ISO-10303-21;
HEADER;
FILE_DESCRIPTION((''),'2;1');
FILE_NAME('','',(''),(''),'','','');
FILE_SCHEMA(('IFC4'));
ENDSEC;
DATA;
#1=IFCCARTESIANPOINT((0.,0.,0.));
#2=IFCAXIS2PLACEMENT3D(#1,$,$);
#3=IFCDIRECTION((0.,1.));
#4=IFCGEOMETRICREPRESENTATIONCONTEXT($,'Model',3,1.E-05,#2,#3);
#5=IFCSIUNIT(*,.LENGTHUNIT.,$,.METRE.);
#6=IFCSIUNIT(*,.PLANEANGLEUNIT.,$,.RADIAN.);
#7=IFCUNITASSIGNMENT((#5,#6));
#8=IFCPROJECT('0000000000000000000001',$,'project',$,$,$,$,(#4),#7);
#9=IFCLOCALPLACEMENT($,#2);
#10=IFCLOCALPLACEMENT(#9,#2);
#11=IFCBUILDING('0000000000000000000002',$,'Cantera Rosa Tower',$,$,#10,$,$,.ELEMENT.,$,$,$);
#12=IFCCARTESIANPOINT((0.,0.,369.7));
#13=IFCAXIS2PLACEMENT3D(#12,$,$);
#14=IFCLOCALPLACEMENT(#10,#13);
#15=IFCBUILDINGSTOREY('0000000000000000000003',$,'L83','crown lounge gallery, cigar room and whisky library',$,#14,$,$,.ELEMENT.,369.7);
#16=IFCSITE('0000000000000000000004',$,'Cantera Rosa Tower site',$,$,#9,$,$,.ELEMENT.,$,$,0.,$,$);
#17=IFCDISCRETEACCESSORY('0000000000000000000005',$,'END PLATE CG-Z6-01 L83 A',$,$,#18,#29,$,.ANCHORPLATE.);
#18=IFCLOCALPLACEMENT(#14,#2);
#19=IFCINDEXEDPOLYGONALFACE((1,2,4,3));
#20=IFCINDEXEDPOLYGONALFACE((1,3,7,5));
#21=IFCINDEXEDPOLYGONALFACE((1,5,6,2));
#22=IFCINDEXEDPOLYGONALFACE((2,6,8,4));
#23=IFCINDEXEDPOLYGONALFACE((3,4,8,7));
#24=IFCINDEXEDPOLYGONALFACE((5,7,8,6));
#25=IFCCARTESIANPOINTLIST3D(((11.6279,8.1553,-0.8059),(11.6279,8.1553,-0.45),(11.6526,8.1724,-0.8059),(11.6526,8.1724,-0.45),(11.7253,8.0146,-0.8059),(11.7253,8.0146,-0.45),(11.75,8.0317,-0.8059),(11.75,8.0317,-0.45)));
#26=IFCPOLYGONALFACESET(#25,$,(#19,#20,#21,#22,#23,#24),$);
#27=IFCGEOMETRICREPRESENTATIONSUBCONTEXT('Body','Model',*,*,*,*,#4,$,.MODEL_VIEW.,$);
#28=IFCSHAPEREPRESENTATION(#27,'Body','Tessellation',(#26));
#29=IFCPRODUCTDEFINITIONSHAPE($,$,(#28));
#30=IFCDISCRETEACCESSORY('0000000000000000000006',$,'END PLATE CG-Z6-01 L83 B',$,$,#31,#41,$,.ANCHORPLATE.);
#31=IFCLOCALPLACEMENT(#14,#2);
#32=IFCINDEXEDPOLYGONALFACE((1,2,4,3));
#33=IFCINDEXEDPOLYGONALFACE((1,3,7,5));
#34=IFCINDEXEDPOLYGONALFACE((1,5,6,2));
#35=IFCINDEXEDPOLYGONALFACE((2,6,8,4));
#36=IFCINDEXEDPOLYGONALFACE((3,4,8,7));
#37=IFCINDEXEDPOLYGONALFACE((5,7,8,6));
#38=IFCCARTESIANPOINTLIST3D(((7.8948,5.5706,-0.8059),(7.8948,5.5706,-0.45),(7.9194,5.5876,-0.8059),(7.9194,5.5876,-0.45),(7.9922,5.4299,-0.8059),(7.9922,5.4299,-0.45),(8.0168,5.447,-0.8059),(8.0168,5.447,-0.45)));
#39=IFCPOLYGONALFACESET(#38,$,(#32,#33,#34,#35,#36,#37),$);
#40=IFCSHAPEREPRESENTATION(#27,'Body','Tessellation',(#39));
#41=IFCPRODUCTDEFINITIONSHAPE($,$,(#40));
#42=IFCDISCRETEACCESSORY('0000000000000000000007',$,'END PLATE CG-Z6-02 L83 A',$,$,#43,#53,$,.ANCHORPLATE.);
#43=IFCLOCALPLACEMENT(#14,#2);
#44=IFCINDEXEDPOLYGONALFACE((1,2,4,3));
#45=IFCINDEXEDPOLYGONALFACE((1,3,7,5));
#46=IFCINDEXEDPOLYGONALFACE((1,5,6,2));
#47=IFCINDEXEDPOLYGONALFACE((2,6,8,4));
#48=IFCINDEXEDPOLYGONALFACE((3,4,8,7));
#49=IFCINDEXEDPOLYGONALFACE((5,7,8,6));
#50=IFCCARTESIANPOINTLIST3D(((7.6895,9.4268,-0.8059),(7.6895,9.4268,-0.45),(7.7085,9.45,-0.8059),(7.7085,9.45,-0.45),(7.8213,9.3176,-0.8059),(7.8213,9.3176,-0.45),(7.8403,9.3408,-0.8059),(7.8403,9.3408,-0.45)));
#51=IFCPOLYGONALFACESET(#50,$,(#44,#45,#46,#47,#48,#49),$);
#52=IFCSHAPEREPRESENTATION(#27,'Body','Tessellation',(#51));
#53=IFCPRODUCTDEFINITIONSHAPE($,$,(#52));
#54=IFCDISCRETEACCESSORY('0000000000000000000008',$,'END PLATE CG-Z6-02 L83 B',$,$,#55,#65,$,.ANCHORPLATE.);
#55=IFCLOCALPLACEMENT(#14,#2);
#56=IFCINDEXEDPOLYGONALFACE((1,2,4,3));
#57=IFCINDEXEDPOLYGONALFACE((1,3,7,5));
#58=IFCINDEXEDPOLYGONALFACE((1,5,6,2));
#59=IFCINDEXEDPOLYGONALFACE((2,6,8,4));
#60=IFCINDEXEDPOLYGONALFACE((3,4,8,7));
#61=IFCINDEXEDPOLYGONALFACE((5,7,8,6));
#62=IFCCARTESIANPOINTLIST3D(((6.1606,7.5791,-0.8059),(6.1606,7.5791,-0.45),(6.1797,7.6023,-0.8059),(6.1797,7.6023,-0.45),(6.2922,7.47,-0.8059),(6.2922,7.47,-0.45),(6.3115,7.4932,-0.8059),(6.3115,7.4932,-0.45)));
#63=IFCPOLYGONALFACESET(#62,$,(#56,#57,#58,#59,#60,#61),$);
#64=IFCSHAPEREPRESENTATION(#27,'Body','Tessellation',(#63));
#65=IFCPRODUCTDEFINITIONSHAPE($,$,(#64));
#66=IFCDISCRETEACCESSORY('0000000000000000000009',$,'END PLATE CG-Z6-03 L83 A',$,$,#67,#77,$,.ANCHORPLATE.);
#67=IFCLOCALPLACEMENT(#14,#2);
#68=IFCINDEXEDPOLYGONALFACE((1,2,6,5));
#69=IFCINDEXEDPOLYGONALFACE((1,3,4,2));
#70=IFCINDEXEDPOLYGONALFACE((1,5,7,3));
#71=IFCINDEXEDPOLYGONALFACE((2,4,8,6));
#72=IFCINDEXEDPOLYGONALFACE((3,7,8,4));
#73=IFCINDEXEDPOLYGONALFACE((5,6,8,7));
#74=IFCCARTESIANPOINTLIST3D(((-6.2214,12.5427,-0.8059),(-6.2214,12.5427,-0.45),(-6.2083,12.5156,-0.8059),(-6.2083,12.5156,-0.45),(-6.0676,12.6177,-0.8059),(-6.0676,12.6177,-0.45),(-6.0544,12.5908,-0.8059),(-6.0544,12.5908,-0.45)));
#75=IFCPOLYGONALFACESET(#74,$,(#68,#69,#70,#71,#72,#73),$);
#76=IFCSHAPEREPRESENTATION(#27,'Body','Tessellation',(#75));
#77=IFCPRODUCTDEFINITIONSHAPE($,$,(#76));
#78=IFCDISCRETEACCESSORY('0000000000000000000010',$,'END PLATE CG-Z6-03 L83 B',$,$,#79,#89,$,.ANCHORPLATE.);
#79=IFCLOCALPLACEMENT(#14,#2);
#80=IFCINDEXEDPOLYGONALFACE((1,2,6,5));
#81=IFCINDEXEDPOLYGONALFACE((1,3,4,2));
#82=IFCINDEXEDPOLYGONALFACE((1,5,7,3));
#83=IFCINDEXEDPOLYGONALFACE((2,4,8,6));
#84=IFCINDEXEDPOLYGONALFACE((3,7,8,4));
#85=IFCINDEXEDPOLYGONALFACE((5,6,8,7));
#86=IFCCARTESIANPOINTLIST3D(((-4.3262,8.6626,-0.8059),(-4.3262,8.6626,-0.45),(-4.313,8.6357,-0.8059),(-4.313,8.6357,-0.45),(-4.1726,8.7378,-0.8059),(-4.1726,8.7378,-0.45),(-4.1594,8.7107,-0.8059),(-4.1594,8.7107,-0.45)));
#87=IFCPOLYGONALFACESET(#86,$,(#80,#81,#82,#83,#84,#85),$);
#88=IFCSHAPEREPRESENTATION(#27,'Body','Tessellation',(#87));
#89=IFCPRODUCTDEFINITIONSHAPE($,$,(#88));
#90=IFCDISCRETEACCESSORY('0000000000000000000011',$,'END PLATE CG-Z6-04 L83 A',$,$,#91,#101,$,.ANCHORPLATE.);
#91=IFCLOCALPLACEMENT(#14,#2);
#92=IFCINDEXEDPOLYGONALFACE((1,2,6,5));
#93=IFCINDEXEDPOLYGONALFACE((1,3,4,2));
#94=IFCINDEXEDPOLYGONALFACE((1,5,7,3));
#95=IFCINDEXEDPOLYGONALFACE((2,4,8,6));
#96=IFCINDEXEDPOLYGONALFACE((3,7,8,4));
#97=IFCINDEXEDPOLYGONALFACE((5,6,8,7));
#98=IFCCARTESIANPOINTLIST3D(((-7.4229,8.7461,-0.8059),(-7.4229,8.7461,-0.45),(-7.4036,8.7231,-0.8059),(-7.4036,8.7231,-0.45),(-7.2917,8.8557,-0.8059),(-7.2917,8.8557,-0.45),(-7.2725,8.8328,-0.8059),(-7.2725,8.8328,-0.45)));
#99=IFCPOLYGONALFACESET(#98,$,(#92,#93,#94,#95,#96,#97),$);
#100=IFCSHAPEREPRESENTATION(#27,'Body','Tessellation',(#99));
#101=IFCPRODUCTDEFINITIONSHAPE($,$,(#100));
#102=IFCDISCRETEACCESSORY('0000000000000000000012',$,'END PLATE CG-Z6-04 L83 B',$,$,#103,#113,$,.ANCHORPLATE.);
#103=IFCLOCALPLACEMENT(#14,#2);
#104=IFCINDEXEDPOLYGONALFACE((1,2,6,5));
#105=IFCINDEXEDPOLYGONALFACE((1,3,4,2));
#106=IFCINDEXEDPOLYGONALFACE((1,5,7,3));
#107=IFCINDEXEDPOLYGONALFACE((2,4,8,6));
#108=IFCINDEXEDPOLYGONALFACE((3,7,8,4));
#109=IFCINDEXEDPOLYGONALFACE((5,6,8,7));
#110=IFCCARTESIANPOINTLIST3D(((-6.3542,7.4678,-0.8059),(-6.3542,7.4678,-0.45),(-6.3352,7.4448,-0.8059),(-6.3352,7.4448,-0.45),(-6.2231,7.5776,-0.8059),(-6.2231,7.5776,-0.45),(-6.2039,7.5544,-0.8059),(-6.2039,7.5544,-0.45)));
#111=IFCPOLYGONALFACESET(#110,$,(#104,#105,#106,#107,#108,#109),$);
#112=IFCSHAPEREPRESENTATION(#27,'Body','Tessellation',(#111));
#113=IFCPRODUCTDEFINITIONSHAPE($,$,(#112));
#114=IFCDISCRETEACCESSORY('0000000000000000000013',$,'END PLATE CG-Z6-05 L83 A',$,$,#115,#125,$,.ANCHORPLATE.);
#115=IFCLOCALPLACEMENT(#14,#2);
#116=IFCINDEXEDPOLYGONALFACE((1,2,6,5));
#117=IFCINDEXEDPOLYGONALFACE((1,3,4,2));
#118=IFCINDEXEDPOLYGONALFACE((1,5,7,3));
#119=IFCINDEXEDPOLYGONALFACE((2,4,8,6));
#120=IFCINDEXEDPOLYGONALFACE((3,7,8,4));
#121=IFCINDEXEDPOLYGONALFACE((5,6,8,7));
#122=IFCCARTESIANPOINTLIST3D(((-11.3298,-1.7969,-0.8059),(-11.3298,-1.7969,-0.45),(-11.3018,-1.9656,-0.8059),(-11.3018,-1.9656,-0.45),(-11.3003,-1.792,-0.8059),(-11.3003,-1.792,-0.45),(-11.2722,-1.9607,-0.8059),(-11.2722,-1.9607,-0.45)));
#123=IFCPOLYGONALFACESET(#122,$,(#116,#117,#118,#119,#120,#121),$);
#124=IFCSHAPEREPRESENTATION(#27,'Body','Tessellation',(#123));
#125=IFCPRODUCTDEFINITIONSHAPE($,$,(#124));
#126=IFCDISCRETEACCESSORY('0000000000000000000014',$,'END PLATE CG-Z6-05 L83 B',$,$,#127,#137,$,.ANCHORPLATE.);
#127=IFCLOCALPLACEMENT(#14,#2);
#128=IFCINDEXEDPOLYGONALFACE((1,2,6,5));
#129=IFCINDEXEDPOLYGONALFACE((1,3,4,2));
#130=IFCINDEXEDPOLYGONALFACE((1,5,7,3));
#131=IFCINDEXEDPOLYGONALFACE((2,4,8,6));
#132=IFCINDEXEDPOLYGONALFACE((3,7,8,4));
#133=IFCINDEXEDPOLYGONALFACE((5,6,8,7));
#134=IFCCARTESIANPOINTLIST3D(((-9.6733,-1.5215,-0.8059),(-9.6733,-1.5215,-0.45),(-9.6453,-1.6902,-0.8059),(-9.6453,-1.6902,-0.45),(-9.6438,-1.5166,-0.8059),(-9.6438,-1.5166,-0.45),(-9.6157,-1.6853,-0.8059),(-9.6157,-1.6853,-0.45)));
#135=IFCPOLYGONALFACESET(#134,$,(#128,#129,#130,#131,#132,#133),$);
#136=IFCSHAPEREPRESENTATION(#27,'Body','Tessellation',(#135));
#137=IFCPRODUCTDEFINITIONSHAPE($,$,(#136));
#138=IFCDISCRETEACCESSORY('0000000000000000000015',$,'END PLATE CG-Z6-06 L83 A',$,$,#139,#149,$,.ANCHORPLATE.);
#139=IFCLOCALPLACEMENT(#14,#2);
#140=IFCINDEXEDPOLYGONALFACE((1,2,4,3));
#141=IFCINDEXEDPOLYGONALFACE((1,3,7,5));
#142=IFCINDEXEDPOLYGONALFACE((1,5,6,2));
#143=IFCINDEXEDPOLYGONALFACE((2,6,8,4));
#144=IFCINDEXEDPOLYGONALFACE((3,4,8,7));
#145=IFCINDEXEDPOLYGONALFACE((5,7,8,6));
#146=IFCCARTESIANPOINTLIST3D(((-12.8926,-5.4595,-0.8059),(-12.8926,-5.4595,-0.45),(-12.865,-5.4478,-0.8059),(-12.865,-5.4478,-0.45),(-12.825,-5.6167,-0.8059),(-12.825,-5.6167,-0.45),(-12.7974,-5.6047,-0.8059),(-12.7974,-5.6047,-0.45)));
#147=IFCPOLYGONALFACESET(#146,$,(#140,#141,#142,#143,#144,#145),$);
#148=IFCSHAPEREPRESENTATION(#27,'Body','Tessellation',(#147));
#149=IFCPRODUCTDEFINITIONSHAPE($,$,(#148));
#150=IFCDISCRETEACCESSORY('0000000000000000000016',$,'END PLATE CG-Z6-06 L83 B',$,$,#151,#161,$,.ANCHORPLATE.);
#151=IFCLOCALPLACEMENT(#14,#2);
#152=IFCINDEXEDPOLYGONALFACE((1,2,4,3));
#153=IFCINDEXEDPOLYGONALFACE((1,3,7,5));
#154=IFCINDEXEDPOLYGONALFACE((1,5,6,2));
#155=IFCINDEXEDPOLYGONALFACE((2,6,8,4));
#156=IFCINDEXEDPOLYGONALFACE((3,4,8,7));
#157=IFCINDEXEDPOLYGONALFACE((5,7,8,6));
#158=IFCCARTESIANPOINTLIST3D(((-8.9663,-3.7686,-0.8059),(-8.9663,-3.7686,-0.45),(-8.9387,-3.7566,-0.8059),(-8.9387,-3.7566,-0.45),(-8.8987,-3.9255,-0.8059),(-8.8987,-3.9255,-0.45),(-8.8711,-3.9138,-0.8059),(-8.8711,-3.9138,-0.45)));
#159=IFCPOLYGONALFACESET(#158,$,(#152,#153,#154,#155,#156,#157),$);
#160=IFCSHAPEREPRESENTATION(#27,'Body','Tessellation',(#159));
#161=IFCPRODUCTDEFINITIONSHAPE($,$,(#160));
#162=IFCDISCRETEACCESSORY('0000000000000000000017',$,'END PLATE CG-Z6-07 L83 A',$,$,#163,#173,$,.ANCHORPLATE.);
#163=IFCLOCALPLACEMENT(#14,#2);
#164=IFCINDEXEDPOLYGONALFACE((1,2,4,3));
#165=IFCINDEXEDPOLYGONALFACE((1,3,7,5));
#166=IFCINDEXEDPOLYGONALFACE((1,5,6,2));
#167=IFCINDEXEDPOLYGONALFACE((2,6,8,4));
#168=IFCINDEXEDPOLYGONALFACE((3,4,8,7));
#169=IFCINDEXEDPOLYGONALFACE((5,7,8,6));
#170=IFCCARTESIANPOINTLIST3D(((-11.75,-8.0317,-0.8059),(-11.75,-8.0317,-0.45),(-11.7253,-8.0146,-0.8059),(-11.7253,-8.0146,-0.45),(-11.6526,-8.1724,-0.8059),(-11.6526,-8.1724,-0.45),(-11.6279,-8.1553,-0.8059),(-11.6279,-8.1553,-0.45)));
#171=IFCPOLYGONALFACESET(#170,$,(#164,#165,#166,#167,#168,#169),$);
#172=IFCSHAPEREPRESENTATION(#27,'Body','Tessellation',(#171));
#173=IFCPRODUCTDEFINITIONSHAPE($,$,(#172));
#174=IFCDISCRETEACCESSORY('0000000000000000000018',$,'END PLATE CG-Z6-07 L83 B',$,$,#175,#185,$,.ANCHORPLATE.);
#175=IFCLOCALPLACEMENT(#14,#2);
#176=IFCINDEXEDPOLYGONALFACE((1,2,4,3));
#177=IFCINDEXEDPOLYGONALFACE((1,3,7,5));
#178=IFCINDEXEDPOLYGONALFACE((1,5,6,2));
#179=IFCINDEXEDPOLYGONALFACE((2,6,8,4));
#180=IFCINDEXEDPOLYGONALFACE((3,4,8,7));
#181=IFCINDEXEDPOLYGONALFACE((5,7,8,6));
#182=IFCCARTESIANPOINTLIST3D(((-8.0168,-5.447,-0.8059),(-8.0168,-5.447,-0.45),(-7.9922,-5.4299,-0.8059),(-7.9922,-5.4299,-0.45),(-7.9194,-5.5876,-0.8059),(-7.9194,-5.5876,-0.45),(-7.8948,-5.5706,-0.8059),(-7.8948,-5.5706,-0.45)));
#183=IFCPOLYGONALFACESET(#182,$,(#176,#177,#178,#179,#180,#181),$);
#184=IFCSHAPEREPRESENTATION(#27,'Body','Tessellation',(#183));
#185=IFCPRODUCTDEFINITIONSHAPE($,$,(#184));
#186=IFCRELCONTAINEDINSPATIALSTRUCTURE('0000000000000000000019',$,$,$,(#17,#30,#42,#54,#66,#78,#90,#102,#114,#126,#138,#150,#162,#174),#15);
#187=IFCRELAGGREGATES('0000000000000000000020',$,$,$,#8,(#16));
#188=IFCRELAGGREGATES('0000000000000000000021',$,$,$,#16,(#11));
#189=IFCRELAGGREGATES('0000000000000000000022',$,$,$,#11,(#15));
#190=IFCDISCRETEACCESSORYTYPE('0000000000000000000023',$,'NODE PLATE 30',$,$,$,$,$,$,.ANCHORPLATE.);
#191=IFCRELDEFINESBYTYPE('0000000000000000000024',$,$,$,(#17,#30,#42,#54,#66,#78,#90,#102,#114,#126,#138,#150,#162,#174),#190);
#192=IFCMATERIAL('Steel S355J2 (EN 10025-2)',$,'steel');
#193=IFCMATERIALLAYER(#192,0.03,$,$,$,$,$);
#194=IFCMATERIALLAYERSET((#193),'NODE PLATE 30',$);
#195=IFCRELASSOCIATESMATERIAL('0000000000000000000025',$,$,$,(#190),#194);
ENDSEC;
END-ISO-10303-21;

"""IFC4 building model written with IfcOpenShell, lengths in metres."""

from ifc_helpers import new_model, si_unit, direction, frame, origin, place, context, subcontext, project, spatial, polyline, outline, extrude, material, layer, layer_set, type_object, element, save


model = new_model("IFC4")

# Units and contexts
model_context = context("Model", 3, precision=1e-05, world=origin(), true_north=direction((0.0, 1.0)))
body_context = subcontext(model_context, "Body", "Model", "MODEL_VIEW")
ifc_project = project(units=[si_unit("LENGTHUNIT", "METRE"), si_unit("PLANEANGLEUNIT", "RADIAN")], contexts=[model_context])

# Site, building, storey
site_placement = place(None, origin())
site = spatial("IfcSite", under=ifc_project, at=site_placement, Name="Cantera Rosa Tower site", CompositionType="ELEMENT", RefElevation=0.0)
building_placement = place(site_placement, origin())
building = spatial("IfcBuilding", under=site, at=building_placement, Name="Cantera Rosa Tower", CompositionType="ELEMENT")
storey_placement = place(building_placement, frame((0.0, 0.0, 369.7)))
storey = spatial("IfcBuildingStorey", under=building, at=storey_placement, Name="L83", Description="crown lounge gallery, cigar room and whisky library", CompositionType="ELEMENT", Elevation=369.7)

# Discrete accessories
ifc_material_1 = material(Name="Steel S355J2 (EN 10025-2)", Category="steel")
ifc_layer_1 = layer(ifc_material_1, 0.03)
ifc_layer_set_1 = layer_set([ifc_layer_1], Name="NODE PLATE 30")
discrete_accessory_type = type_object("IfcDiscreteAccessoryType", Name="NODE PLATE 30", PredefinedType="ANCHORPLATE", material=ifc_layer_set_1)
discrete_accessory_1_placement = place(storey_placement, frame((0.0, 0.0, -0.8059)))
element("IfcDiscreteAccessory", 1, at=discrete_accessory_1_placement, inside=storey, type_object=discrete_accessory_type, Name="END PLATE CG-Z6-01 L83 A", PredefinedType="ANCHORPLATE", context=body_context, shape_type="SweptSolid", body=[
    extrude(outline(polyline([(11.6279, 8.1553), (11.6526, 8.1724), (11.75, 8.0317), (11.7253, 8.0146), (11.6279, 8.1553)])), origin(), (0.0, 0.0, 1.0), 0.356),
])
discrete_accessory_2_placement = place(storey_placement, frame((0.0, 0.0, -0.8059)))
element("IfcDiscreteAccessory", 2, at=discrete_accessory_2_placement, inside=storey, type_object=discrete_accessory_type, Name="END PLATE CG-Z6-01 L83 B", PredefinedType="ANCHORPLATE", context=body_context, shape_type="SweptSolid", body=[
    extrude(outline(polyline([(8.0168, 5.447), (7.9922, 5.4299), (7.8948, 5.5706), (7.9194, 5.5876), (8.0168, 5.447)])), origin(), (0.0, 0.0, 1.0), 0.356),
])
discrete_accessory_3_placement = place(storey_placement, frame((0.0, 0.0, -0.8059)))
element("IfcDiscreteAccessory", 3, at=discrete_accessory_3_placement, inside=storey, type_object=discrete_accessory_type, Name="END PLATE CG-Z6-02 L83 A", PredefinedType="ANCHORPLATE", context=body_context, shape_type="SweptSolid", body=[
    extrude(outline(polyline([(7.6895, 9.4268), (7.7085, 9.45), (7.8403, 9.3408), (7.8213, 9.3176), (7.6895, 9.4268)])), origin(), (0.0, 0.0, 1.0), 0.356),
])
discrete_accessory_4_placement = place(storey_placement, frame((0.0, 0.0, -0.8059)))
element("IfcDiscreteAccessory", 4, at=discrete_accessory_4_placement, inside=storey, type_object=discrete_accessory_type, Name="END PLATE CG-Z6-02 L83 B", PredefinedType="ANCHORPLATE", context=body_context, shape_type="SweptSolid", body=[
    extrude(outline(polyline([(6.3115, 7.4932), (6.2922, 7.47), (6.1606, 7.5791), (6.1797, 7.6023), (6.3115, 7.4932)])), origin(), (0.0, 0.0, 1.0), 0.356),
])
discrete_accessory_5_placement = place(storey_placement, frame((0.0, 0.0, -0.8059)))
element("IfcDiscreteAccessory", 5, at=discrete_accessory_5_placement, inside=storey, type_object=discrete_accessory_type, Name="END PLATE CG-Z6-03 L83 A", PredefinedType="ANCHORPLATE", context=body_context, shape_type="SweptSolid", body=[
    extrude(outline(polyline([(-6.2083, 12.5156), (-6.2214, 12.5427), (-6.0676, 12.6177), (-6.0544, 12.5908), (-6.2083, 12.5156)])), origin(), (0.0, 0.0, 1.0), 0.356),
])
discrete_accessory_6_placement = place(storey_placement, frame((0.0, 0.0, -0.8059)))
element("IfcDiscreteAccessory", 6, at=discrete_accessory_6_placement, inside=storey, type_object=discrete_accessory_type, Name="END PLATE CG-Z6-03 L83 B", PredefinedType="ANCHORPLATE", context=body_context, shape_type="SweptSolid", body=[
    extrude(outline(polyline([(-4.1726, 8.7378), (-4.1594, 8.7107), (-4.313, 8.6357), (-4.3262, 8.6626), (-4.1726, 8.7378)])), origin(), (0.0, 0.0, 1.0), 0.356),
])
discrete_accessory_7_placement = place(storey_placement, frame((0.0, 0.0, -0.8059)))
element("IfcDiscreteAccessory", 7, at=discrete_accessory_7_placement, inside=storey, type_object=discrete_accessory_type, Name="END PLATE CG-Z6-04 L83 A", PredefinedType="ANCHORPLATE", context=body_context, shape_type="SweptSolid", body=[
    extrude(outline(polyline([(-7.4036, 8.7231), (-7.4229, 8.7461), (-7.2917, 8.8557), (-7.2725, 8.8328), (-7.4036, 8.7231)])), origin(), (0.0, 0.0, 1.0), 0.356),
])
discrete_accessory_8_placement = place(storey_placement, frame((0.0, 0.0, -0.8059)))
element("IfcDiscreteAccessory", 8, at=discrete_accessory_8_placement, inside=storey, type_object=discrete_accessory_type, Name="END PLATE CG-Z6-04 L83 B", PredefinedType="ANCHORPLATE", context=body_context, shape_type="SweptSolid", body=[
    extrude(outline(polyline([(-6.2231, 7.5776), (-6.2039, 7.5544), (-6.3352, 7.4448), (-6.3542, 7.4678), (-6.2231, 7.5776)])), origin(), (0.0, 0.0, 1.0), 0.356),
])
discrete_accessory_9_placement = place(storey_placement, frame((0.0, 0.0, -0.8059)))
element("IfcDiscreteAccessory", 9, at=discrete_accessory_9_placement, inside=storey, type_object=discrete_accessory_type, Name="END PLATE CG-Z6-05 L83 A", PredefinedType="ANCHORPLATE", context=body_context, shape_type="SweptSolid", body=[
    extrude(outline(polyline([(-11.2722, -1.9607), (-11.3018, -1.9656), (-11.3298, -1.7969), (-11.3003, -1.792), (-11.2722, -1.9607)])), origin(), (0.0, 0.0, 1.0), 0.356),
])
discrete_accessory_10_placement = place(storey_placement, frame((0.0, 0.0, -0.8059)))
element("IfcDiscreteAccessory", 10, at=discrete_accessory_10_placement, inside=storey, type_object=discrete_accessory_type, Name="END PLATE CG-Z6-05 L83 B", PredefinedType="ANCHORPLATE", context=body_context, shape_type="SweptSolid", body=[
    extrude(outline(polyline([(-9.6733, -1.5215), (-9.6438, -1.5166), (-9.6157, -1.6853), (-9.6453, -1.6902), (-9.6733, -1.5215)])), origin(), (0.0, 0.0, 1.0), 0.356),
])
discrete_accessory_11_placement = place(storey_placement, frame((0.0, 0.0, -0.8059)))
element("IfcDiscreteAccessory", 11, at=discrete_accessory_11_placement, inside=storey, type_object=discrete_accessory_type, Name="END PLATE CG-Z6-06 L83 A", PredefinedType="ANCHORPLATE", context=body_context, shape_type="SweptSolid", body=[
    extrude(outline(polyline([(-12.7974, -5.6047), (-12.825, -5.6167), (-12.8926, -5.4595), (-12.865, -5.4478), (-12.7974, -5.6047)])), origin(), (0.0, 0.0, 1.0), 0.356),
])
discrete_accessory_12_placement = place(storey_placement, frame((0.0, 0.0, -0.8059)))
element("IfcDiscreteAccessory", 12, at=discrete_accessory_12_placement, inside=storey, type_object=discrete_accessory_type, Name="END PLATE CG-Z6-06 L83 B", PredefinedType="ANCHORPLATE", context=body_context, shape_type="SweptSolid", body=[
    extrude(outline(polyline([(-8.9663, -3.7686), (-8.9387, -3.7566), (-8.8711, -3.9138), (-8.8987, -3.9255), (-8.9663, -3.7686)])), origin(), (0.0, 0.0, 1.0), 0.356),
])
discrete_accessory_13_placement = place(storey_placement, frame((0.0, 0.0, -0.8059)))
element("IfcDiscreteAccessory", 13, at=discrete_accessory_13_placement, inside=storey, type_object=discrete_accessory_type, Name="END PLATE CG-Z6-07 L83 A", PredefinedType="ANCHORPLATE", context=body_context, shape_type="SweptSolid", body=[
    extrude(outline(polyline([(-11.6279, -8.1553), (-11.6526, -8.1724), (-11.75, -8.0317), (-11.7253, -8.0146), (-11.6279, -8.1553)])), origin(), (0.0, 0.0, 1.0), 0.356),
])
discrete_accessory_14_placement = place(storey_placement, frame((0.0, 0.0, -0.8059)))
element("IfcDiscreteAccessory", 14, at=discrete_accessory_14_placement, inside=storey, type_object=discrete_accessory_type, Name="END PLATE CG-Z6-07 L83 B", PredefinedType="ANCHORPLATE", context=body_context, shape_type="SweptSolid", body=[
    extrude(outline(polyline([(-8.0168, -5.447), (-7.9922, -5.4299), (-7.8948, -5.5706), (-7.9194, -5.5876), (-8.0168, -5.447)])), origin(), (0.0, 0.0, 1.0), 0.356),
])

save(model, "model.ifc")
